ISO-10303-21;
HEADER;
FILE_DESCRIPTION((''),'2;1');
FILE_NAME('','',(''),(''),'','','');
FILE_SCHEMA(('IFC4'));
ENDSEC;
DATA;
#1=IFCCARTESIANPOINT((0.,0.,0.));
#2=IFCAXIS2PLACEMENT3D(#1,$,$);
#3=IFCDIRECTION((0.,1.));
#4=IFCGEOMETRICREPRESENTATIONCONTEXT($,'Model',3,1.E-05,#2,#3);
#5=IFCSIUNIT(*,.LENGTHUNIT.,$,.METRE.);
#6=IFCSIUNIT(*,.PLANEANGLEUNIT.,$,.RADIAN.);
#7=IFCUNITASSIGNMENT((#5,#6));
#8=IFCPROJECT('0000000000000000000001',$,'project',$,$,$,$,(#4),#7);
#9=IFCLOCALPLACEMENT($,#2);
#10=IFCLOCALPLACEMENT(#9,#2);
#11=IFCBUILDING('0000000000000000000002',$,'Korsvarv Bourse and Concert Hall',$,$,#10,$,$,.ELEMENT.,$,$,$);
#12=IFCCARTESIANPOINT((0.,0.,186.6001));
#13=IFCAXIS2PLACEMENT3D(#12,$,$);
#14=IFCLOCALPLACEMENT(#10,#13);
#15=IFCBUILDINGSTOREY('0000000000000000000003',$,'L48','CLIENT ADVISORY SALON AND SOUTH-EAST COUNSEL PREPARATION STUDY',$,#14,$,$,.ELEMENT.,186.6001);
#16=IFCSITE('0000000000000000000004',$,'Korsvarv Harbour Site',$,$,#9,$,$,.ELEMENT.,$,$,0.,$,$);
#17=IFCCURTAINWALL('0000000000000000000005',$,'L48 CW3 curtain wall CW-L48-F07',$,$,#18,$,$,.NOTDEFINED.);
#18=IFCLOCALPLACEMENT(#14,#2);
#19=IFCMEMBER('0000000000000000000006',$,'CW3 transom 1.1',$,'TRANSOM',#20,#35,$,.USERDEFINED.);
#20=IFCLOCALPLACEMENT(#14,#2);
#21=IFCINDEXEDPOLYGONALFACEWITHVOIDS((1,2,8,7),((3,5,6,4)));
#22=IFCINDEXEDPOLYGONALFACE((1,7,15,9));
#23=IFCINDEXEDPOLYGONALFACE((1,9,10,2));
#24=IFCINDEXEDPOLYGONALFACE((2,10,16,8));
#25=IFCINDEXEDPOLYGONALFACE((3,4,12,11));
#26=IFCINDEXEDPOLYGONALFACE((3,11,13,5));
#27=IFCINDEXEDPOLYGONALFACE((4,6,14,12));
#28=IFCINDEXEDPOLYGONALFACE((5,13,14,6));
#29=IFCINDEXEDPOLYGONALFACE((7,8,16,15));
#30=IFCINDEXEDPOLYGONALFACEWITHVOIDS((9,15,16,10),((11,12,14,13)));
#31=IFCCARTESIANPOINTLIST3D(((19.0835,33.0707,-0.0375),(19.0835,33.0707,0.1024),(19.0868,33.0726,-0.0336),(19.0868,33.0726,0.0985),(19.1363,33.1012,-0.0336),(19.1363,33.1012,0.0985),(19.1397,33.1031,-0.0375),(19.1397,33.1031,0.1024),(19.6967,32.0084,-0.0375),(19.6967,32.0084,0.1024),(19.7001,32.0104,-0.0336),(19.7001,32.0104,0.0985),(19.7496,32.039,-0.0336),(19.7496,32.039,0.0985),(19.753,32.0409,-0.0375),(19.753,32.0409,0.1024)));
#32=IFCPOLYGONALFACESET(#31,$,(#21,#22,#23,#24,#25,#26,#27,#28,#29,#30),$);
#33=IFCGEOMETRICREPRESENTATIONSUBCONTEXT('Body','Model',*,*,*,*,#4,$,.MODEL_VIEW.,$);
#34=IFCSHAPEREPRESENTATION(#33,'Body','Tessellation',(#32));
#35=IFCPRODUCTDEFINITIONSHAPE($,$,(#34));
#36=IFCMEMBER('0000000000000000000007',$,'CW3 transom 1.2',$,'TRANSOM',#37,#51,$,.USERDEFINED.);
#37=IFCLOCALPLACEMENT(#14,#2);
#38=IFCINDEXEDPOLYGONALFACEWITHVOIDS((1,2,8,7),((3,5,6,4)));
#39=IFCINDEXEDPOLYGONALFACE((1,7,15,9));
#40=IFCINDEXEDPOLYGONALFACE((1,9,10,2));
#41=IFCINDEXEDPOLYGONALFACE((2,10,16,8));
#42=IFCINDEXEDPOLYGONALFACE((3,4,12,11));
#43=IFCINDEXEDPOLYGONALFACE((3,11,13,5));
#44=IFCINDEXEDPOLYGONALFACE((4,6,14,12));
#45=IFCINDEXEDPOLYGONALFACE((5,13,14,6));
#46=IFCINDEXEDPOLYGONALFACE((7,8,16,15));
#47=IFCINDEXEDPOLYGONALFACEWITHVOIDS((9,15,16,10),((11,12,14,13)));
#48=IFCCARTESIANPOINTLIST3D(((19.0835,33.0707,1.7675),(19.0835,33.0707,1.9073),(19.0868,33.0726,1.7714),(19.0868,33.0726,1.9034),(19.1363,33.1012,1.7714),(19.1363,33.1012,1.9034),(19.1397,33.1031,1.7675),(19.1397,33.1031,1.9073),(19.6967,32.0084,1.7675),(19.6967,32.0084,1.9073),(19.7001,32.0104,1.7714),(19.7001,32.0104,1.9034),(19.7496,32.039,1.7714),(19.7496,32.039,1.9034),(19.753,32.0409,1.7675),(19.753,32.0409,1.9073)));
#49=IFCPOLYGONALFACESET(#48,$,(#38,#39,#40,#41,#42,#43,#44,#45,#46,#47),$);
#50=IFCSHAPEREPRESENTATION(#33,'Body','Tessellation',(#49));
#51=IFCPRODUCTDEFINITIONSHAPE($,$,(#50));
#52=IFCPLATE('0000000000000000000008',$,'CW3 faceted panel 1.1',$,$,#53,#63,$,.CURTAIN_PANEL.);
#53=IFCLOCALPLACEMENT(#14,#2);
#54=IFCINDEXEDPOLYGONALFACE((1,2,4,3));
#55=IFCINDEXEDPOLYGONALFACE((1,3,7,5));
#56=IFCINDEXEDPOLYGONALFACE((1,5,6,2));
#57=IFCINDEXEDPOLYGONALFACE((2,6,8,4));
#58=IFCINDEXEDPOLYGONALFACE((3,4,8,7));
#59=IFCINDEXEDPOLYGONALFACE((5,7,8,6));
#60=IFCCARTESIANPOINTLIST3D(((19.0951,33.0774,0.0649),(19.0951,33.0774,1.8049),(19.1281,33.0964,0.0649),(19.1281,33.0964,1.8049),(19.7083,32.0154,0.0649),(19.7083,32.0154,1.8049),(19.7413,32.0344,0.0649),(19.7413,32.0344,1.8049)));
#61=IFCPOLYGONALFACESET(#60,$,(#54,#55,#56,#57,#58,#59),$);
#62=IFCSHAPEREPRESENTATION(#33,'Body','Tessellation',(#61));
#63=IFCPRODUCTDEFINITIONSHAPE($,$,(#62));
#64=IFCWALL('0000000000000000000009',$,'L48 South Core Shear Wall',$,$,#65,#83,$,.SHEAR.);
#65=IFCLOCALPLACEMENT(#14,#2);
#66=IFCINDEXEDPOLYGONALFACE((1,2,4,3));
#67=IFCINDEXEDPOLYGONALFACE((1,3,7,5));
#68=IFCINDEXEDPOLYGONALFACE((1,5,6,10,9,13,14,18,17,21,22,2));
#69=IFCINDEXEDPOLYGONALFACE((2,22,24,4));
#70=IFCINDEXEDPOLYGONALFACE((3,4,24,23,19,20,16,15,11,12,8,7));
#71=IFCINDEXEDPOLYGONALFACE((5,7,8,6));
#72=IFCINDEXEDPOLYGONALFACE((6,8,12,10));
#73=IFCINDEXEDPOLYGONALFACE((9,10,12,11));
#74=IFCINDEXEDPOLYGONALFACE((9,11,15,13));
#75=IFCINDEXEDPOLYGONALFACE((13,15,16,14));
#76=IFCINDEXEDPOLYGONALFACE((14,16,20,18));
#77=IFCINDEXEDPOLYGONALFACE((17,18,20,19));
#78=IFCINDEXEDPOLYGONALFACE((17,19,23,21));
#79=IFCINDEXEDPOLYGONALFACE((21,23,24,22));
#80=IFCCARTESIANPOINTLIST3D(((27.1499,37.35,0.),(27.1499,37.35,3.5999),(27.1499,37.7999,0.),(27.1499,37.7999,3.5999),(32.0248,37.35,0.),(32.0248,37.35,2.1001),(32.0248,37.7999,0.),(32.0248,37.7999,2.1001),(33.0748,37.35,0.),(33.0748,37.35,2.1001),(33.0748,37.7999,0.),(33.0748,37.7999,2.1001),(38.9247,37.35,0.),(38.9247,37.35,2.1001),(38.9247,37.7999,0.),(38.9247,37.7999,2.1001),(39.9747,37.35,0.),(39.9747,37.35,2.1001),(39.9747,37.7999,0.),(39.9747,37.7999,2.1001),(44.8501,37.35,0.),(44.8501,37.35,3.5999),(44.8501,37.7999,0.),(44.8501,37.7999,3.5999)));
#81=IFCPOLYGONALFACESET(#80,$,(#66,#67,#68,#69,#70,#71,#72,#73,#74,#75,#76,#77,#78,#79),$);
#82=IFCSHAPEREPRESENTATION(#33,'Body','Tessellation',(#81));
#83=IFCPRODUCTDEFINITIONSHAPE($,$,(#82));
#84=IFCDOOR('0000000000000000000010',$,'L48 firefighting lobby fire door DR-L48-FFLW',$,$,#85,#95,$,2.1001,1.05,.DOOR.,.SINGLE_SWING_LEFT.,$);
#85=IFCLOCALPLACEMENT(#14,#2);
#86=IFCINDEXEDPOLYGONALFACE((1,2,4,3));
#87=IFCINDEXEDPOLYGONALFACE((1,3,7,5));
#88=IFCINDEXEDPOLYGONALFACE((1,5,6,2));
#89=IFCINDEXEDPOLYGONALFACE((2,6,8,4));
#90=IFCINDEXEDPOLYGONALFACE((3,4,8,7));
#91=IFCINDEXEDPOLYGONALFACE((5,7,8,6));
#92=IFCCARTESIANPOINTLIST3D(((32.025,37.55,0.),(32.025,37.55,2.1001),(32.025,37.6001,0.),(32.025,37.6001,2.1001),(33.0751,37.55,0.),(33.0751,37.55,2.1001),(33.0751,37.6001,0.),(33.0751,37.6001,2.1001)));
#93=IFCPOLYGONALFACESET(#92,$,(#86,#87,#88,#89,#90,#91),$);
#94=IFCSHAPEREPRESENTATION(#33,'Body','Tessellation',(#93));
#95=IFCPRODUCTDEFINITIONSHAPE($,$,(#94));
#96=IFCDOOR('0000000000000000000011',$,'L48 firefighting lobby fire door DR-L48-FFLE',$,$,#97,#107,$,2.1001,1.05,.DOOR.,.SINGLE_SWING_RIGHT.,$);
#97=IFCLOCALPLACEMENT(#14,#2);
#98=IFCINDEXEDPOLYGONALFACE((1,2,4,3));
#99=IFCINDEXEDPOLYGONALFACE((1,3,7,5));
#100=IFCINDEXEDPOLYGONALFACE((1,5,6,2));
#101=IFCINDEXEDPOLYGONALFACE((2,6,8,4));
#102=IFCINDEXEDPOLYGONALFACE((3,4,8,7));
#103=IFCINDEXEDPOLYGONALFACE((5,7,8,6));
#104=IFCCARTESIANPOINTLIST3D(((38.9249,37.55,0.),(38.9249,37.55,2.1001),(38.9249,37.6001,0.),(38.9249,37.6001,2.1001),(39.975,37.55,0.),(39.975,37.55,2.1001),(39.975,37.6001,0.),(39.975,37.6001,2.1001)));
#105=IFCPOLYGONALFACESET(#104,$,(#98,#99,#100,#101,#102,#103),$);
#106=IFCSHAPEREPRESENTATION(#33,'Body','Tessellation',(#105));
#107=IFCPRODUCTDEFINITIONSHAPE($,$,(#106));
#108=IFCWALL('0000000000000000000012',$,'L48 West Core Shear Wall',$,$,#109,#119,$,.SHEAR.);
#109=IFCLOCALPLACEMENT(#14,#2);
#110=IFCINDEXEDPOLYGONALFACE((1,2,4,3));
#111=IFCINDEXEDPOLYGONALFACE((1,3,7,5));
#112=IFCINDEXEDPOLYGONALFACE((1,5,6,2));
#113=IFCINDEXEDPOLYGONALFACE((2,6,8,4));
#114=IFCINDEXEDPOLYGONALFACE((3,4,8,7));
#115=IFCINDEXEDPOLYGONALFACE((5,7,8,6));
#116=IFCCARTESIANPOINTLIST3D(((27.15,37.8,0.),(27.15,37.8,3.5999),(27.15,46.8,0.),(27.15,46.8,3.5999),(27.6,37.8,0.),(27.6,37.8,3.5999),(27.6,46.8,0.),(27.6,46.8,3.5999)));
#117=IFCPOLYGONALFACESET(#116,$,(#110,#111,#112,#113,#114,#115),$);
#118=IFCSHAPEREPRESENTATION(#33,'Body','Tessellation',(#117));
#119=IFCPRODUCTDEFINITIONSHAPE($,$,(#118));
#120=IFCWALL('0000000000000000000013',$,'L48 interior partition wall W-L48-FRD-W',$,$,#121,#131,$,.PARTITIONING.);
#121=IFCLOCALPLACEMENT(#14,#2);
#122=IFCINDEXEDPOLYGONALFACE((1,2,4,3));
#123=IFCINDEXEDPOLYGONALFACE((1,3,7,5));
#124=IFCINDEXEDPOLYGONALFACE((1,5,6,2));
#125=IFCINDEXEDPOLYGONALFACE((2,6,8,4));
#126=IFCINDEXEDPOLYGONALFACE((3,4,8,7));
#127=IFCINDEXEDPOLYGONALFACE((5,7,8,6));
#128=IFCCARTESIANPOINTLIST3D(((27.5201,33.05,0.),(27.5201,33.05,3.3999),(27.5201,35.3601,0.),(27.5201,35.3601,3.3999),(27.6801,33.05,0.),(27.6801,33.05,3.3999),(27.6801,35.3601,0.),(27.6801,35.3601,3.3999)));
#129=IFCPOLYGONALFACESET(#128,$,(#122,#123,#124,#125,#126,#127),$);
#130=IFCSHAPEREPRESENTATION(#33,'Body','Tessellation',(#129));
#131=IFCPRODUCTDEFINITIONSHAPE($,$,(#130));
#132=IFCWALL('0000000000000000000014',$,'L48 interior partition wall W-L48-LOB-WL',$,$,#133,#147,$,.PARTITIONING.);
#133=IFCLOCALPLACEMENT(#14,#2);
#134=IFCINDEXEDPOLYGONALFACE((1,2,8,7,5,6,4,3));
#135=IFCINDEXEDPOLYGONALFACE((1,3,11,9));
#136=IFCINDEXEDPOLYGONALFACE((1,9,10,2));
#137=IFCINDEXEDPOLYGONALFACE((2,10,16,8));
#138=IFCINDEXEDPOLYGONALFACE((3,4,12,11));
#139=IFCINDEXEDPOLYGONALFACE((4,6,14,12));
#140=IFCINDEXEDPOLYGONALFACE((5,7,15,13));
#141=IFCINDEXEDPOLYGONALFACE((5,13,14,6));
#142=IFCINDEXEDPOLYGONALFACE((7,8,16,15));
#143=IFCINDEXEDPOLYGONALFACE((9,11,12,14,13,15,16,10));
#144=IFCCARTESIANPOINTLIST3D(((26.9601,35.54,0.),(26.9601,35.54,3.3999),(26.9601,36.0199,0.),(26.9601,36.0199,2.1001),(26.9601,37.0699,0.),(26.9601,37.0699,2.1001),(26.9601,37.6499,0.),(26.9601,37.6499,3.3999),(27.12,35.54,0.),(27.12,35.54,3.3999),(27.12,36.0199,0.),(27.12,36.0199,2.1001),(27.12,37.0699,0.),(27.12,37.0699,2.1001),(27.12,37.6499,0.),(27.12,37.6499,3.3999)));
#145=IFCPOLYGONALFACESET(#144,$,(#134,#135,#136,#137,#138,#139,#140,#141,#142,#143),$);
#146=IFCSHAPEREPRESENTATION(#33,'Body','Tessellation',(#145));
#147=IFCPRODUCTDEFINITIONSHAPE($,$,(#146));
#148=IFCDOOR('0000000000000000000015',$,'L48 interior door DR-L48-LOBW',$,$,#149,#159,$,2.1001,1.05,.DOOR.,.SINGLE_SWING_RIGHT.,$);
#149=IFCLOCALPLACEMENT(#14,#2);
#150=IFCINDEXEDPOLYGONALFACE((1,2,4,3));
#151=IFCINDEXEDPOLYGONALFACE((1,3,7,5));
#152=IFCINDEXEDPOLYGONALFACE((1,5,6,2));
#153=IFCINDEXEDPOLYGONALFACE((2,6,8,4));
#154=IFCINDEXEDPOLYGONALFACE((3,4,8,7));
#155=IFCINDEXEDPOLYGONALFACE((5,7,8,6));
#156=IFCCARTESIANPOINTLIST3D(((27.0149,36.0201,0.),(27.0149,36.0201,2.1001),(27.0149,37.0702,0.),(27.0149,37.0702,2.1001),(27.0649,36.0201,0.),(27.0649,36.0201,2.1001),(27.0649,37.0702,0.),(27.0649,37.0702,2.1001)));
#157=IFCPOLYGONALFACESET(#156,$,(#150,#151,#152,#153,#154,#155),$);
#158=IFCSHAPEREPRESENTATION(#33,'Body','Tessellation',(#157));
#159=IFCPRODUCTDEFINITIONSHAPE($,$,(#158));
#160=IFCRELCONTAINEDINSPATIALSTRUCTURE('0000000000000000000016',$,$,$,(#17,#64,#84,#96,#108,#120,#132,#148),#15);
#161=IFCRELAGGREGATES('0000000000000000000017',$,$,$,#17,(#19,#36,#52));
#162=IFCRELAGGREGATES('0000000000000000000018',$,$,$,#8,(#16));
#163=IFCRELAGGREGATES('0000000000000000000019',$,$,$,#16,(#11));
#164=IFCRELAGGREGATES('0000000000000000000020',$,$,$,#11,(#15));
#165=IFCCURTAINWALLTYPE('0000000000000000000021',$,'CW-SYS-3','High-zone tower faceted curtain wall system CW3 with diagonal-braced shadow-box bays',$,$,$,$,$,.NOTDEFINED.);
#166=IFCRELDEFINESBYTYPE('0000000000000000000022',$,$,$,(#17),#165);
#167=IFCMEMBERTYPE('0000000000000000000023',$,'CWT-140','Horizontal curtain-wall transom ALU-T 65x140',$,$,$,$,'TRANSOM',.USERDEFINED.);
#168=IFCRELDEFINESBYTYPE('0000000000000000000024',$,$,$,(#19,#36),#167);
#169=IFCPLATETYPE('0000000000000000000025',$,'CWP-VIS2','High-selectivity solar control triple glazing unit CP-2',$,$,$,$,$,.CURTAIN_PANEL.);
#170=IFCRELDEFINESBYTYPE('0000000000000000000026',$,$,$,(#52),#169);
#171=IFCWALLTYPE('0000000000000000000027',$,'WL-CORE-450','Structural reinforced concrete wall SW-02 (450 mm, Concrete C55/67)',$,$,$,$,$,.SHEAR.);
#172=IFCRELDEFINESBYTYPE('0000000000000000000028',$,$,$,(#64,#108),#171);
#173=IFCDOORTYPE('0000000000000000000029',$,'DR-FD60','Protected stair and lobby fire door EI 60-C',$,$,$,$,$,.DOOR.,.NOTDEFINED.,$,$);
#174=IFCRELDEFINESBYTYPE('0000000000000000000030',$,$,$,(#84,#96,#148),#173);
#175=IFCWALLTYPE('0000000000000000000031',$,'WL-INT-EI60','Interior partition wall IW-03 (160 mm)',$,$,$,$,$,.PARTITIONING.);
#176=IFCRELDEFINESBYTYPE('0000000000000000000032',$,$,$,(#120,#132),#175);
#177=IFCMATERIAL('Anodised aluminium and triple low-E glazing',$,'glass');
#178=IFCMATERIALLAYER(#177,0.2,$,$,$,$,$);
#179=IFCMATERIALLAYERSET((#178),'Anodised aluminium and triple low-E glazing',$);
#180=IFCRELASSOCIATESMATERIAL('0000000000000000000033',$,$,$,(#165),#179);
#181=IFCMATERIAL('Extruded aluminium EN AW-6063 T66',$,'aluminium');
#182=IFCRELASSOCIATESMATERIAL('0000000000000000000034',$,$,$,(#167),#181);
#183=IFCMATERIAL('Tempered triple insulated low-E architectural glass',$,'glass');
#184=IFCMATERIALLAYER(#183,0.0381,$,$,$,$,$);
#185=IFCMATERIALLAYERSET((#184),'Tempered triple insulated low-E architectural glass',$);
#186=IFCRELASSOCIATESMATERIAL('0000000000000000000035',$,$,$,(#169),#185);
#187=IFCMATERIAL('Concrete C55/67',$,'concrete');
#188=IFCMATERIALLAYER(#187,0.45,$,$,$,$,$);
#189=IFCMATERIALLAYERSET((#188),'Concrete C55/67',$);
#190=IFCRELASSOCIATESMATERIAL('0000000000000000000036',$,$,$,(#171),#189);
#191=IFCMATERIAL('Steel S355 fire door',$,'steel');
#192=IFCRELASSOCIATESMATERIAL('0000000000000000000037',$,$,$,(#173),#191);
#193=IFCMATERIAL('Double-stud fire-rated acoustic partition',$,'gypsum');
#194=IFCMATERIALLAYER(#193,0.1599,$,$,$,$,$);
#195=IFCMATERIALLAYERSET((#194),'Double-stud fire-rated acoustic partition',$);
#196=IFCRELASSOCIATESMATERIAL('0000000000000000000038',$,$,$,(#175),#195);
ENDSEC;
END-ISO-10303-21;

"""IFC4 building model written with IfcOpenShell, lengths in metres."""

from ifc_helpers import new_model, si_unit, direction, frame, frame_2d, origin, origin_2d, place, context, subcontext, project, spatial, rectangle, hollow_rectangle, extrude, source, transform, mapped, material, layer, layer_set, material_profile, profile_set, type_object, element, fill, aggregate, save


model = new_model("IFC4")

# Units and contexts
model_context = context("Model", 3, precision=1e-05, world=origin(), true_north=direction((0.0, 1.0)))
body_context = subcontext(model_context, "Body", "Model", "MODEL_VIEW")
ifc_project = project(units=[si_unit("LENGTHUNIT", "METRE"), si_unit("PLANEANGLEUNIT", "RADIAN")], contexts=[model_context])

# Site, building, storey
site_placement = place(None, origin())
site = spatial("IfcSite", under=ifc_project, at=site_placement, Name="Korsvarv Harbour Site", CompositionType="ELEMENT", RefElevation=0.0)
building_placement = place(site_placement, origin())
building = spatial("IfcBuilding", under=site, at=building_placement, Name="Korsvarv Bourse and Concert Hall", CompositionType="ELEMENT")
storey_placement = place(building_placement, frame((0.0, 0.0, 186.6001)))
storey = spatial("IfcBuildingStorey", under=building, at=storey_placement, Name="L48", Description="CLIENT ADVISORY SALON AND SOUTH-EAST COUNSEL PREPARATION STUDY", CompositionType="ELEMENT", Elevation=186.6001)

# Shared definitions
ifc_material_1 = material(Name="Concrete C55/67", Category="concrete")

# Curtain wall, members, plate
ifc_material_2 = material(Name="Anodised aluminium and triple low-E glazing", Category="glass")
ifc_layer_1 = layer(ifc_material_2, 0.2)
ifc_layer_set_1 = layer_set([ifc_layer_1], Name="Anodised aluminium and triple low-E glazing")
curtain_wall_type = type_object("IfcCurtainWallType", Name="CW-SYS-3", Description="High-zone tower faceted curtain wall system CW3 with diagonal-braced shadow-box bays", PredefinedType="NOTDEFINED", material=ifc_layer_set_1)
curtain_wall_placement = place(storey_placement, origin())
curtain_wall = element("IfcCurtainWall", 1, at=curtain_wall_placement, inside=storey, type_object=curtain_wall_type, Name="L48 CW3 curtain wall CW-L48-F07", PredefinedType="NOTDEFINED")
ifc_material_3 = material(Name="Extruded aluminium EN AW-6063 T66", Category="aluminium")
ifc_material_profile_1 = material_profile(ifc_material_3, hollow_rectangle(XDim=0.0649, YDim=0.1399, WallThickness=0.0039, at=origin_2d()), Name="ALU-T 65x140")
ifc_profile_set_1 = profile_set([ifc_material_profile_1], Name="Extruded aluminium EN AW-6063 T66")
member_type_1 = type_object("IfcMemberType", Name="CWT-140", Description="Horizontal curtain-wall transom ALU-T 65x140", ElementType="TRANSOM", PredefinedType="USERDEFINED", material=ifc_profile_set_1)
shared_shape_1 = source(origin(), body_context, "Body", "SweptSolid", [
    extrude(hollow_rectangle(XDim=0.0649, YDim=0.1399, WallThickness=0.0039, at=origin_2d()), origin(), (0.0, 0.0, 1.0), 1.2266),
])
member_1_placement = place(storey_placement, frame((19.1116, 33.0869, 0.0325), z_axis=(0.499992, -0.86603, 0.0), x_axis=(0.86603, 0.499992, 0.0)))
member_1 = element("IfcMember", 2, at=member_1_placement, type_object=member_type_1, Name="CW3 transom 1.1", ObjectType="TRANSOM", PredefinedType="USERDEFINED", context=body_context, shape_type="MappedRepresentation", body=[
    mapped(shared_shape_1, transform((0.0, 0.0, 0.0), scale=1.0)),
])
member_2_placement = place(storey_placement, frame((19.1116, 33.0869, 1.8374), z_axis=(0.499992, -0.86603, 0.0), x_axis=(0.86603, 0.499992, 0.0)))
member_2 = element("IfcMember", 3, at=member_2_placement, type_object=member_type_1, Name="CW3 transom 1.2", ObjectType="TRANSOM", PredefinedType="USERDEFINED", context=body_context, shape_type="MappedRepresentation", body=[
    mapped(shared_shape_1, transform((0.0, 0.0, 0.0), scale=1.0)),
])
ifc_material_4 = material(Name="Tempered triple insulated low-E architectural glass", Category="glass")
ifc_layer_2 = layer(ifc_material_4, 0.0381)
ifc_layer_set_2 = layer_set([ifc_layer_2], Name="Tempered triple insulated low-E architectural glass")
plate_type = type_object("IfcPlateType", Name="CWP-VIS2", Description="High-selectivity solar control triple glazing unit CP-2", PredefinedType="CURTAIN_PANEL", material=ifc_layer_set_2)
shared_shape_2 = source(origin(), body_context, "Body", "SweptSolid", [
    extrude(rectangle(XDim=1.2263, YDim=0.0381, at=origin_2d()), origin(), (0.0, 0.0, 1.0), 1.74),
])
plate_placement = place(storey_placement, frame((19.4182, 32.5559, 0.0649), z_axis=(0.0, 0.0, 1.0), x_axis=(0.499994, -0.866029, 0.0)))
plate = element("IfcPlate", 4, at=plate_placement, type_object=plate_type, Name="CW3 faceted panel 1.1", PredefinedType="CURTAIN_PANEL", context=body_context, shape_type="MappedRepresentation", body=[
    mapped(shared_shape_2, transform((0.0, 0.0, 0.0), scale=1.0)),
])
aggregate(curtain_wall, [member_1, member_2, plate])

# Wall, openings, doors
ifc_layer_3 = layer(ifc_material_1, 0.45)
ifc_layer_set_3 = layer_set([ifc_layer_3], Name="Concrete C55/67")
wall_type_1 = type_object("IfcWallType", Name="WL-CORE-450", Description="Structural reinforced concrete wall SW-02 (450 mm, Concrete C55/67)", PredefinedType="SHEAR", material=ifc_layer_set_3)
wall_1_placement = place(storey_placement, frame((27.1499, 37.575, 0.0), z_axis=(0.0, 0.0, 1.0), x_axis=(1.0, 0.0, 0.0)))
wall_1 = element("IfcWall", 5, at=wall_1_placement, inside=storey, type_object=wall_type_1, Name="L48 South Core Shear Wall", PredefinedType="SHEAR", context=body_context, shape_type="SweptSolid", body=[
    extrude(rectangle(XDim=17.7002, YDim=0.45, at=frame_2d((8.8501, 0.0))), origin(), (0.0, 0.0, 1.0), 3.5999),
])
opening_1_placement = place(wall_1_placement, frame((4.875, 0.0, 0.0)))
opening_1 = element("IfcOpeningElement", 6, at=opening_1_placement, cuts=wall_1, PredefinedType="OPENING", context=body_context, shape_type="SweptSolid", body=[
    extrude(rectangle(XDim=1.05, YDim=2.1001, at=frame_2d((0.5249, 1.05))), frame((0.0, 0.2349, 0.0), z_axis=(0.0, -1.0, 0.0), x_axis=(1.0, 0.0, 0.0)), (0.0, 0.0, 1.0), 0.47),
])
opening_2_placement = place(wall_1_placement, frame((11.7749, 0.0, 0.0)))
opening_2 = element("IfcOpeningElement", 7, at=opening_2_placement, cuts=wall_1, PredefinedType="OPENING", context=body_context, shape_type="SweptSolid", body=[
    extrude(rectangle(XDim=1.05, YDim=2.1001, at=frame_2d((0.5249, 1.05))), frame((0.0, 0.2349, 0.0), z_axis=(0.0, -1.0, 0.0), x_axis=(1.0, 0.0, 0.0)), (0.0, 0.0, 1.0), 0.47),
])
ifc_material_5 = material(Name="Steel S355 fire door", Category="steel")
door_type_1 = type_object("IfcDoorType", Name="DR-FD60", Description="Protected stair and lobby fire door EI 60-C", OperationType="NOTDEFINED", PredefinedType="DOOR", material=ifc_material_5)
door_1_placement = place(opening_1_placement, frame((1.05, 0.0, 0.0), z_axis=(0.0, 0.0, 1.0), x_axis=(-1.0, 0.0, 0.0)))
door_1 = element("IfcDoor", 8, at=door_1_placement, inside=storey, type_object=door_type_1, Name="L48 firefighting lobby fire door DR-L48-FFLW", OperationType="SINGLE_SWING_LEFT", OverallHeight=2.1001, OverallWidth=1.05, PredefinedType="DOOR", context=body_context, shape_type="SweptSolid", body=[
    extrude(rectangle(XDim=1.05, YDim=2.1001, at=frame_2d((0.5249, 1.05))), frame((0.0, 0.0249, 0.0), z_axis=(0.0, -1.0, 0.0), x_axis=(1.0, 0.0, 0.0)), (0.0, 0.0, 1.0), 0.05),
])
fill(opening_1, door_1)
door_2_placement = place(opening_2_placement, frame((1.05, 0.0, 0.0), z_axis=(0.0, 0.0, 1.0), x_axis=(-1.0, 0.0, 0.0)))
door_2 = element("IfcDoor", 9, at=door_2_placement, inside=storey, type_object=door_type_1, Name="L48 firefighting lobby fire door DR-L48-FFLE", OperationType="SINGLE_SWING_RIGHT", OverallHeight=2.1001, OverallWidth=1.05, PredefinedType="DOOR", context=body_context, shape_type="SweptSolid", body=[
    extrude(rectangle(XDim=1.05, YDim=2.1001, at=frame_2d((0.5249, 1.05))), frame((0.0, 0.0249, 0.0), z_axis=(0.0, -1.0, 0.0), x_axis=(1.0, 0.0, 0.0)), (0.0, 0.0, 1.0), 0.05),
])
fill(opening_2, door_2)

# Walls
wall_2_placement = place(storey_placement, frame((27.375, 37.8, 0.0), z_axis=(0.0, 0.0, 1.0), x_axis=(0.0, 1.0, 0.0)))
element("IfcWall", 10, at=wall_2_placement, inside=storey, type_object=wall_type_1, Name="L48 West Core Shear Wall", PredefinedType="SHEAR", context=body_context, shape_type="SweptSolid", body=[
    extrude(rectangle(XDim=9.0, YDim=0.45, at=frame_2d((4.5, 0.0))), origin(), (0.0, 0.0, 1.0), 3.5999),
])
ifc_material_6 = material(Name="Double-stud fire-rated acoustic partition", Category="gypsum")
ifc_layer_4 = layer(ifc_material_6, 0.1599)
ifc_layer_set_4 = layer_set([ifc_layer_4], Name="Double-stud fire-rated acoustic partition")
wall_type_2 = type_object("IfcWallType", Name="WL-INT-EI60", Description="Interior partition wall IW-03 (160 mm)", PredefinedType="PARTITIONING", material=ifc_layer_set_4)
wall_3_placement = place(storey_placement, frame((27.6001, 33.05, 0.0), z_axis=(0.0, 0.0, 1.0), x_axis=(0.0, 1.0, 0.0)))
element("IfcWall", 11, at=wall_3_placement, inside=storey, type_object=wall_type_2, Name="L48 interior partition wall W-L48-FRD-W", PredefinedType="PARTITIONING", context=body_context, shape_type="SweptSolid", body=[
    extrude(rectangle(XDim=2.3101, YDim=0.1599, at=frame_2d((1.155, 0.0))), origin(), (0.0, 0.0, 1.0), 3.3999),
])

# Wall, opening, door
wall_4_placement = place(storey_placement, frame((27.04, 35.54, 0.0), z_axis=(0.0, 0.0, 1.0), x_axis=(0.0, 1.0, 0.0)))
wall_4 = element("IfcWall", 12, at=wall_4_placement, inside=storey, type_object=wall_type_2, Name="L48 interior partition wall W-L48-LOB-WL", PredefinedType="PARTITIONING", context=body_context, shape_type="SweptSolid", body=[
    extrude(rectangle(XDim=2.1099, YDim=0.1599, at=frame_2d((1.0549, 0.0))), origin(), (0.0, 0.0, 1.0), 3.3999),
])
opening_3_placement = place(wall_4_placement, frame((0.48, 0.0, 0.0)))
opening_3 = element("IfcOpeningElement", 13, at=opening_3_placement, cuts=wall_4, PredefinedType="OPENING", context=body_context, shape_type="SweptSolid", body=[
    extrude(rectangle(XDim=1.05, YDim=2.1001, at=frame_2d((0.5249, 1.05))), frame((0.0, 0.0898, 0.0), z_axis=(0.0, -1.0, 0.0), x_axis=(1.0, 0.0, 0.0)), (0.0, 0.0, 1.0), 0.1799),
])
door_3_placement = place(opening_3_placement, frame((1.05, 0.0, 0.0), z_axis=(0.0, 0.0, 1.0), x_axis=(-1.0, 0.0, 0.0)))
door_3 = element("IfcDoor", 14, at=door_3_placement, inside=storey, type_object=door_type_1, Name="L48 interior door DR-L48-LOBW", OperationType="SINGLE_SWING_RIGHT", OverallHeight=2.1001, OverallWidth=1.05, PredefinedType="DOOR", context=body_context, shape_type="SweptSolid", body=[
    extrude(rectangle(XDim=1.05, YDim=2.1001, at=frame_2d((0.5249, 1.05))), frame((0.0, 0.0249, 0.0), z_axis=(0.0, -1.0, 0.0), x_axis=(1.0, 0.0, 0.0)), (0.0, 0.0, 1.0), 0.05),
])
fill(opening_3, door_3)

save(model, "model.ifc")
